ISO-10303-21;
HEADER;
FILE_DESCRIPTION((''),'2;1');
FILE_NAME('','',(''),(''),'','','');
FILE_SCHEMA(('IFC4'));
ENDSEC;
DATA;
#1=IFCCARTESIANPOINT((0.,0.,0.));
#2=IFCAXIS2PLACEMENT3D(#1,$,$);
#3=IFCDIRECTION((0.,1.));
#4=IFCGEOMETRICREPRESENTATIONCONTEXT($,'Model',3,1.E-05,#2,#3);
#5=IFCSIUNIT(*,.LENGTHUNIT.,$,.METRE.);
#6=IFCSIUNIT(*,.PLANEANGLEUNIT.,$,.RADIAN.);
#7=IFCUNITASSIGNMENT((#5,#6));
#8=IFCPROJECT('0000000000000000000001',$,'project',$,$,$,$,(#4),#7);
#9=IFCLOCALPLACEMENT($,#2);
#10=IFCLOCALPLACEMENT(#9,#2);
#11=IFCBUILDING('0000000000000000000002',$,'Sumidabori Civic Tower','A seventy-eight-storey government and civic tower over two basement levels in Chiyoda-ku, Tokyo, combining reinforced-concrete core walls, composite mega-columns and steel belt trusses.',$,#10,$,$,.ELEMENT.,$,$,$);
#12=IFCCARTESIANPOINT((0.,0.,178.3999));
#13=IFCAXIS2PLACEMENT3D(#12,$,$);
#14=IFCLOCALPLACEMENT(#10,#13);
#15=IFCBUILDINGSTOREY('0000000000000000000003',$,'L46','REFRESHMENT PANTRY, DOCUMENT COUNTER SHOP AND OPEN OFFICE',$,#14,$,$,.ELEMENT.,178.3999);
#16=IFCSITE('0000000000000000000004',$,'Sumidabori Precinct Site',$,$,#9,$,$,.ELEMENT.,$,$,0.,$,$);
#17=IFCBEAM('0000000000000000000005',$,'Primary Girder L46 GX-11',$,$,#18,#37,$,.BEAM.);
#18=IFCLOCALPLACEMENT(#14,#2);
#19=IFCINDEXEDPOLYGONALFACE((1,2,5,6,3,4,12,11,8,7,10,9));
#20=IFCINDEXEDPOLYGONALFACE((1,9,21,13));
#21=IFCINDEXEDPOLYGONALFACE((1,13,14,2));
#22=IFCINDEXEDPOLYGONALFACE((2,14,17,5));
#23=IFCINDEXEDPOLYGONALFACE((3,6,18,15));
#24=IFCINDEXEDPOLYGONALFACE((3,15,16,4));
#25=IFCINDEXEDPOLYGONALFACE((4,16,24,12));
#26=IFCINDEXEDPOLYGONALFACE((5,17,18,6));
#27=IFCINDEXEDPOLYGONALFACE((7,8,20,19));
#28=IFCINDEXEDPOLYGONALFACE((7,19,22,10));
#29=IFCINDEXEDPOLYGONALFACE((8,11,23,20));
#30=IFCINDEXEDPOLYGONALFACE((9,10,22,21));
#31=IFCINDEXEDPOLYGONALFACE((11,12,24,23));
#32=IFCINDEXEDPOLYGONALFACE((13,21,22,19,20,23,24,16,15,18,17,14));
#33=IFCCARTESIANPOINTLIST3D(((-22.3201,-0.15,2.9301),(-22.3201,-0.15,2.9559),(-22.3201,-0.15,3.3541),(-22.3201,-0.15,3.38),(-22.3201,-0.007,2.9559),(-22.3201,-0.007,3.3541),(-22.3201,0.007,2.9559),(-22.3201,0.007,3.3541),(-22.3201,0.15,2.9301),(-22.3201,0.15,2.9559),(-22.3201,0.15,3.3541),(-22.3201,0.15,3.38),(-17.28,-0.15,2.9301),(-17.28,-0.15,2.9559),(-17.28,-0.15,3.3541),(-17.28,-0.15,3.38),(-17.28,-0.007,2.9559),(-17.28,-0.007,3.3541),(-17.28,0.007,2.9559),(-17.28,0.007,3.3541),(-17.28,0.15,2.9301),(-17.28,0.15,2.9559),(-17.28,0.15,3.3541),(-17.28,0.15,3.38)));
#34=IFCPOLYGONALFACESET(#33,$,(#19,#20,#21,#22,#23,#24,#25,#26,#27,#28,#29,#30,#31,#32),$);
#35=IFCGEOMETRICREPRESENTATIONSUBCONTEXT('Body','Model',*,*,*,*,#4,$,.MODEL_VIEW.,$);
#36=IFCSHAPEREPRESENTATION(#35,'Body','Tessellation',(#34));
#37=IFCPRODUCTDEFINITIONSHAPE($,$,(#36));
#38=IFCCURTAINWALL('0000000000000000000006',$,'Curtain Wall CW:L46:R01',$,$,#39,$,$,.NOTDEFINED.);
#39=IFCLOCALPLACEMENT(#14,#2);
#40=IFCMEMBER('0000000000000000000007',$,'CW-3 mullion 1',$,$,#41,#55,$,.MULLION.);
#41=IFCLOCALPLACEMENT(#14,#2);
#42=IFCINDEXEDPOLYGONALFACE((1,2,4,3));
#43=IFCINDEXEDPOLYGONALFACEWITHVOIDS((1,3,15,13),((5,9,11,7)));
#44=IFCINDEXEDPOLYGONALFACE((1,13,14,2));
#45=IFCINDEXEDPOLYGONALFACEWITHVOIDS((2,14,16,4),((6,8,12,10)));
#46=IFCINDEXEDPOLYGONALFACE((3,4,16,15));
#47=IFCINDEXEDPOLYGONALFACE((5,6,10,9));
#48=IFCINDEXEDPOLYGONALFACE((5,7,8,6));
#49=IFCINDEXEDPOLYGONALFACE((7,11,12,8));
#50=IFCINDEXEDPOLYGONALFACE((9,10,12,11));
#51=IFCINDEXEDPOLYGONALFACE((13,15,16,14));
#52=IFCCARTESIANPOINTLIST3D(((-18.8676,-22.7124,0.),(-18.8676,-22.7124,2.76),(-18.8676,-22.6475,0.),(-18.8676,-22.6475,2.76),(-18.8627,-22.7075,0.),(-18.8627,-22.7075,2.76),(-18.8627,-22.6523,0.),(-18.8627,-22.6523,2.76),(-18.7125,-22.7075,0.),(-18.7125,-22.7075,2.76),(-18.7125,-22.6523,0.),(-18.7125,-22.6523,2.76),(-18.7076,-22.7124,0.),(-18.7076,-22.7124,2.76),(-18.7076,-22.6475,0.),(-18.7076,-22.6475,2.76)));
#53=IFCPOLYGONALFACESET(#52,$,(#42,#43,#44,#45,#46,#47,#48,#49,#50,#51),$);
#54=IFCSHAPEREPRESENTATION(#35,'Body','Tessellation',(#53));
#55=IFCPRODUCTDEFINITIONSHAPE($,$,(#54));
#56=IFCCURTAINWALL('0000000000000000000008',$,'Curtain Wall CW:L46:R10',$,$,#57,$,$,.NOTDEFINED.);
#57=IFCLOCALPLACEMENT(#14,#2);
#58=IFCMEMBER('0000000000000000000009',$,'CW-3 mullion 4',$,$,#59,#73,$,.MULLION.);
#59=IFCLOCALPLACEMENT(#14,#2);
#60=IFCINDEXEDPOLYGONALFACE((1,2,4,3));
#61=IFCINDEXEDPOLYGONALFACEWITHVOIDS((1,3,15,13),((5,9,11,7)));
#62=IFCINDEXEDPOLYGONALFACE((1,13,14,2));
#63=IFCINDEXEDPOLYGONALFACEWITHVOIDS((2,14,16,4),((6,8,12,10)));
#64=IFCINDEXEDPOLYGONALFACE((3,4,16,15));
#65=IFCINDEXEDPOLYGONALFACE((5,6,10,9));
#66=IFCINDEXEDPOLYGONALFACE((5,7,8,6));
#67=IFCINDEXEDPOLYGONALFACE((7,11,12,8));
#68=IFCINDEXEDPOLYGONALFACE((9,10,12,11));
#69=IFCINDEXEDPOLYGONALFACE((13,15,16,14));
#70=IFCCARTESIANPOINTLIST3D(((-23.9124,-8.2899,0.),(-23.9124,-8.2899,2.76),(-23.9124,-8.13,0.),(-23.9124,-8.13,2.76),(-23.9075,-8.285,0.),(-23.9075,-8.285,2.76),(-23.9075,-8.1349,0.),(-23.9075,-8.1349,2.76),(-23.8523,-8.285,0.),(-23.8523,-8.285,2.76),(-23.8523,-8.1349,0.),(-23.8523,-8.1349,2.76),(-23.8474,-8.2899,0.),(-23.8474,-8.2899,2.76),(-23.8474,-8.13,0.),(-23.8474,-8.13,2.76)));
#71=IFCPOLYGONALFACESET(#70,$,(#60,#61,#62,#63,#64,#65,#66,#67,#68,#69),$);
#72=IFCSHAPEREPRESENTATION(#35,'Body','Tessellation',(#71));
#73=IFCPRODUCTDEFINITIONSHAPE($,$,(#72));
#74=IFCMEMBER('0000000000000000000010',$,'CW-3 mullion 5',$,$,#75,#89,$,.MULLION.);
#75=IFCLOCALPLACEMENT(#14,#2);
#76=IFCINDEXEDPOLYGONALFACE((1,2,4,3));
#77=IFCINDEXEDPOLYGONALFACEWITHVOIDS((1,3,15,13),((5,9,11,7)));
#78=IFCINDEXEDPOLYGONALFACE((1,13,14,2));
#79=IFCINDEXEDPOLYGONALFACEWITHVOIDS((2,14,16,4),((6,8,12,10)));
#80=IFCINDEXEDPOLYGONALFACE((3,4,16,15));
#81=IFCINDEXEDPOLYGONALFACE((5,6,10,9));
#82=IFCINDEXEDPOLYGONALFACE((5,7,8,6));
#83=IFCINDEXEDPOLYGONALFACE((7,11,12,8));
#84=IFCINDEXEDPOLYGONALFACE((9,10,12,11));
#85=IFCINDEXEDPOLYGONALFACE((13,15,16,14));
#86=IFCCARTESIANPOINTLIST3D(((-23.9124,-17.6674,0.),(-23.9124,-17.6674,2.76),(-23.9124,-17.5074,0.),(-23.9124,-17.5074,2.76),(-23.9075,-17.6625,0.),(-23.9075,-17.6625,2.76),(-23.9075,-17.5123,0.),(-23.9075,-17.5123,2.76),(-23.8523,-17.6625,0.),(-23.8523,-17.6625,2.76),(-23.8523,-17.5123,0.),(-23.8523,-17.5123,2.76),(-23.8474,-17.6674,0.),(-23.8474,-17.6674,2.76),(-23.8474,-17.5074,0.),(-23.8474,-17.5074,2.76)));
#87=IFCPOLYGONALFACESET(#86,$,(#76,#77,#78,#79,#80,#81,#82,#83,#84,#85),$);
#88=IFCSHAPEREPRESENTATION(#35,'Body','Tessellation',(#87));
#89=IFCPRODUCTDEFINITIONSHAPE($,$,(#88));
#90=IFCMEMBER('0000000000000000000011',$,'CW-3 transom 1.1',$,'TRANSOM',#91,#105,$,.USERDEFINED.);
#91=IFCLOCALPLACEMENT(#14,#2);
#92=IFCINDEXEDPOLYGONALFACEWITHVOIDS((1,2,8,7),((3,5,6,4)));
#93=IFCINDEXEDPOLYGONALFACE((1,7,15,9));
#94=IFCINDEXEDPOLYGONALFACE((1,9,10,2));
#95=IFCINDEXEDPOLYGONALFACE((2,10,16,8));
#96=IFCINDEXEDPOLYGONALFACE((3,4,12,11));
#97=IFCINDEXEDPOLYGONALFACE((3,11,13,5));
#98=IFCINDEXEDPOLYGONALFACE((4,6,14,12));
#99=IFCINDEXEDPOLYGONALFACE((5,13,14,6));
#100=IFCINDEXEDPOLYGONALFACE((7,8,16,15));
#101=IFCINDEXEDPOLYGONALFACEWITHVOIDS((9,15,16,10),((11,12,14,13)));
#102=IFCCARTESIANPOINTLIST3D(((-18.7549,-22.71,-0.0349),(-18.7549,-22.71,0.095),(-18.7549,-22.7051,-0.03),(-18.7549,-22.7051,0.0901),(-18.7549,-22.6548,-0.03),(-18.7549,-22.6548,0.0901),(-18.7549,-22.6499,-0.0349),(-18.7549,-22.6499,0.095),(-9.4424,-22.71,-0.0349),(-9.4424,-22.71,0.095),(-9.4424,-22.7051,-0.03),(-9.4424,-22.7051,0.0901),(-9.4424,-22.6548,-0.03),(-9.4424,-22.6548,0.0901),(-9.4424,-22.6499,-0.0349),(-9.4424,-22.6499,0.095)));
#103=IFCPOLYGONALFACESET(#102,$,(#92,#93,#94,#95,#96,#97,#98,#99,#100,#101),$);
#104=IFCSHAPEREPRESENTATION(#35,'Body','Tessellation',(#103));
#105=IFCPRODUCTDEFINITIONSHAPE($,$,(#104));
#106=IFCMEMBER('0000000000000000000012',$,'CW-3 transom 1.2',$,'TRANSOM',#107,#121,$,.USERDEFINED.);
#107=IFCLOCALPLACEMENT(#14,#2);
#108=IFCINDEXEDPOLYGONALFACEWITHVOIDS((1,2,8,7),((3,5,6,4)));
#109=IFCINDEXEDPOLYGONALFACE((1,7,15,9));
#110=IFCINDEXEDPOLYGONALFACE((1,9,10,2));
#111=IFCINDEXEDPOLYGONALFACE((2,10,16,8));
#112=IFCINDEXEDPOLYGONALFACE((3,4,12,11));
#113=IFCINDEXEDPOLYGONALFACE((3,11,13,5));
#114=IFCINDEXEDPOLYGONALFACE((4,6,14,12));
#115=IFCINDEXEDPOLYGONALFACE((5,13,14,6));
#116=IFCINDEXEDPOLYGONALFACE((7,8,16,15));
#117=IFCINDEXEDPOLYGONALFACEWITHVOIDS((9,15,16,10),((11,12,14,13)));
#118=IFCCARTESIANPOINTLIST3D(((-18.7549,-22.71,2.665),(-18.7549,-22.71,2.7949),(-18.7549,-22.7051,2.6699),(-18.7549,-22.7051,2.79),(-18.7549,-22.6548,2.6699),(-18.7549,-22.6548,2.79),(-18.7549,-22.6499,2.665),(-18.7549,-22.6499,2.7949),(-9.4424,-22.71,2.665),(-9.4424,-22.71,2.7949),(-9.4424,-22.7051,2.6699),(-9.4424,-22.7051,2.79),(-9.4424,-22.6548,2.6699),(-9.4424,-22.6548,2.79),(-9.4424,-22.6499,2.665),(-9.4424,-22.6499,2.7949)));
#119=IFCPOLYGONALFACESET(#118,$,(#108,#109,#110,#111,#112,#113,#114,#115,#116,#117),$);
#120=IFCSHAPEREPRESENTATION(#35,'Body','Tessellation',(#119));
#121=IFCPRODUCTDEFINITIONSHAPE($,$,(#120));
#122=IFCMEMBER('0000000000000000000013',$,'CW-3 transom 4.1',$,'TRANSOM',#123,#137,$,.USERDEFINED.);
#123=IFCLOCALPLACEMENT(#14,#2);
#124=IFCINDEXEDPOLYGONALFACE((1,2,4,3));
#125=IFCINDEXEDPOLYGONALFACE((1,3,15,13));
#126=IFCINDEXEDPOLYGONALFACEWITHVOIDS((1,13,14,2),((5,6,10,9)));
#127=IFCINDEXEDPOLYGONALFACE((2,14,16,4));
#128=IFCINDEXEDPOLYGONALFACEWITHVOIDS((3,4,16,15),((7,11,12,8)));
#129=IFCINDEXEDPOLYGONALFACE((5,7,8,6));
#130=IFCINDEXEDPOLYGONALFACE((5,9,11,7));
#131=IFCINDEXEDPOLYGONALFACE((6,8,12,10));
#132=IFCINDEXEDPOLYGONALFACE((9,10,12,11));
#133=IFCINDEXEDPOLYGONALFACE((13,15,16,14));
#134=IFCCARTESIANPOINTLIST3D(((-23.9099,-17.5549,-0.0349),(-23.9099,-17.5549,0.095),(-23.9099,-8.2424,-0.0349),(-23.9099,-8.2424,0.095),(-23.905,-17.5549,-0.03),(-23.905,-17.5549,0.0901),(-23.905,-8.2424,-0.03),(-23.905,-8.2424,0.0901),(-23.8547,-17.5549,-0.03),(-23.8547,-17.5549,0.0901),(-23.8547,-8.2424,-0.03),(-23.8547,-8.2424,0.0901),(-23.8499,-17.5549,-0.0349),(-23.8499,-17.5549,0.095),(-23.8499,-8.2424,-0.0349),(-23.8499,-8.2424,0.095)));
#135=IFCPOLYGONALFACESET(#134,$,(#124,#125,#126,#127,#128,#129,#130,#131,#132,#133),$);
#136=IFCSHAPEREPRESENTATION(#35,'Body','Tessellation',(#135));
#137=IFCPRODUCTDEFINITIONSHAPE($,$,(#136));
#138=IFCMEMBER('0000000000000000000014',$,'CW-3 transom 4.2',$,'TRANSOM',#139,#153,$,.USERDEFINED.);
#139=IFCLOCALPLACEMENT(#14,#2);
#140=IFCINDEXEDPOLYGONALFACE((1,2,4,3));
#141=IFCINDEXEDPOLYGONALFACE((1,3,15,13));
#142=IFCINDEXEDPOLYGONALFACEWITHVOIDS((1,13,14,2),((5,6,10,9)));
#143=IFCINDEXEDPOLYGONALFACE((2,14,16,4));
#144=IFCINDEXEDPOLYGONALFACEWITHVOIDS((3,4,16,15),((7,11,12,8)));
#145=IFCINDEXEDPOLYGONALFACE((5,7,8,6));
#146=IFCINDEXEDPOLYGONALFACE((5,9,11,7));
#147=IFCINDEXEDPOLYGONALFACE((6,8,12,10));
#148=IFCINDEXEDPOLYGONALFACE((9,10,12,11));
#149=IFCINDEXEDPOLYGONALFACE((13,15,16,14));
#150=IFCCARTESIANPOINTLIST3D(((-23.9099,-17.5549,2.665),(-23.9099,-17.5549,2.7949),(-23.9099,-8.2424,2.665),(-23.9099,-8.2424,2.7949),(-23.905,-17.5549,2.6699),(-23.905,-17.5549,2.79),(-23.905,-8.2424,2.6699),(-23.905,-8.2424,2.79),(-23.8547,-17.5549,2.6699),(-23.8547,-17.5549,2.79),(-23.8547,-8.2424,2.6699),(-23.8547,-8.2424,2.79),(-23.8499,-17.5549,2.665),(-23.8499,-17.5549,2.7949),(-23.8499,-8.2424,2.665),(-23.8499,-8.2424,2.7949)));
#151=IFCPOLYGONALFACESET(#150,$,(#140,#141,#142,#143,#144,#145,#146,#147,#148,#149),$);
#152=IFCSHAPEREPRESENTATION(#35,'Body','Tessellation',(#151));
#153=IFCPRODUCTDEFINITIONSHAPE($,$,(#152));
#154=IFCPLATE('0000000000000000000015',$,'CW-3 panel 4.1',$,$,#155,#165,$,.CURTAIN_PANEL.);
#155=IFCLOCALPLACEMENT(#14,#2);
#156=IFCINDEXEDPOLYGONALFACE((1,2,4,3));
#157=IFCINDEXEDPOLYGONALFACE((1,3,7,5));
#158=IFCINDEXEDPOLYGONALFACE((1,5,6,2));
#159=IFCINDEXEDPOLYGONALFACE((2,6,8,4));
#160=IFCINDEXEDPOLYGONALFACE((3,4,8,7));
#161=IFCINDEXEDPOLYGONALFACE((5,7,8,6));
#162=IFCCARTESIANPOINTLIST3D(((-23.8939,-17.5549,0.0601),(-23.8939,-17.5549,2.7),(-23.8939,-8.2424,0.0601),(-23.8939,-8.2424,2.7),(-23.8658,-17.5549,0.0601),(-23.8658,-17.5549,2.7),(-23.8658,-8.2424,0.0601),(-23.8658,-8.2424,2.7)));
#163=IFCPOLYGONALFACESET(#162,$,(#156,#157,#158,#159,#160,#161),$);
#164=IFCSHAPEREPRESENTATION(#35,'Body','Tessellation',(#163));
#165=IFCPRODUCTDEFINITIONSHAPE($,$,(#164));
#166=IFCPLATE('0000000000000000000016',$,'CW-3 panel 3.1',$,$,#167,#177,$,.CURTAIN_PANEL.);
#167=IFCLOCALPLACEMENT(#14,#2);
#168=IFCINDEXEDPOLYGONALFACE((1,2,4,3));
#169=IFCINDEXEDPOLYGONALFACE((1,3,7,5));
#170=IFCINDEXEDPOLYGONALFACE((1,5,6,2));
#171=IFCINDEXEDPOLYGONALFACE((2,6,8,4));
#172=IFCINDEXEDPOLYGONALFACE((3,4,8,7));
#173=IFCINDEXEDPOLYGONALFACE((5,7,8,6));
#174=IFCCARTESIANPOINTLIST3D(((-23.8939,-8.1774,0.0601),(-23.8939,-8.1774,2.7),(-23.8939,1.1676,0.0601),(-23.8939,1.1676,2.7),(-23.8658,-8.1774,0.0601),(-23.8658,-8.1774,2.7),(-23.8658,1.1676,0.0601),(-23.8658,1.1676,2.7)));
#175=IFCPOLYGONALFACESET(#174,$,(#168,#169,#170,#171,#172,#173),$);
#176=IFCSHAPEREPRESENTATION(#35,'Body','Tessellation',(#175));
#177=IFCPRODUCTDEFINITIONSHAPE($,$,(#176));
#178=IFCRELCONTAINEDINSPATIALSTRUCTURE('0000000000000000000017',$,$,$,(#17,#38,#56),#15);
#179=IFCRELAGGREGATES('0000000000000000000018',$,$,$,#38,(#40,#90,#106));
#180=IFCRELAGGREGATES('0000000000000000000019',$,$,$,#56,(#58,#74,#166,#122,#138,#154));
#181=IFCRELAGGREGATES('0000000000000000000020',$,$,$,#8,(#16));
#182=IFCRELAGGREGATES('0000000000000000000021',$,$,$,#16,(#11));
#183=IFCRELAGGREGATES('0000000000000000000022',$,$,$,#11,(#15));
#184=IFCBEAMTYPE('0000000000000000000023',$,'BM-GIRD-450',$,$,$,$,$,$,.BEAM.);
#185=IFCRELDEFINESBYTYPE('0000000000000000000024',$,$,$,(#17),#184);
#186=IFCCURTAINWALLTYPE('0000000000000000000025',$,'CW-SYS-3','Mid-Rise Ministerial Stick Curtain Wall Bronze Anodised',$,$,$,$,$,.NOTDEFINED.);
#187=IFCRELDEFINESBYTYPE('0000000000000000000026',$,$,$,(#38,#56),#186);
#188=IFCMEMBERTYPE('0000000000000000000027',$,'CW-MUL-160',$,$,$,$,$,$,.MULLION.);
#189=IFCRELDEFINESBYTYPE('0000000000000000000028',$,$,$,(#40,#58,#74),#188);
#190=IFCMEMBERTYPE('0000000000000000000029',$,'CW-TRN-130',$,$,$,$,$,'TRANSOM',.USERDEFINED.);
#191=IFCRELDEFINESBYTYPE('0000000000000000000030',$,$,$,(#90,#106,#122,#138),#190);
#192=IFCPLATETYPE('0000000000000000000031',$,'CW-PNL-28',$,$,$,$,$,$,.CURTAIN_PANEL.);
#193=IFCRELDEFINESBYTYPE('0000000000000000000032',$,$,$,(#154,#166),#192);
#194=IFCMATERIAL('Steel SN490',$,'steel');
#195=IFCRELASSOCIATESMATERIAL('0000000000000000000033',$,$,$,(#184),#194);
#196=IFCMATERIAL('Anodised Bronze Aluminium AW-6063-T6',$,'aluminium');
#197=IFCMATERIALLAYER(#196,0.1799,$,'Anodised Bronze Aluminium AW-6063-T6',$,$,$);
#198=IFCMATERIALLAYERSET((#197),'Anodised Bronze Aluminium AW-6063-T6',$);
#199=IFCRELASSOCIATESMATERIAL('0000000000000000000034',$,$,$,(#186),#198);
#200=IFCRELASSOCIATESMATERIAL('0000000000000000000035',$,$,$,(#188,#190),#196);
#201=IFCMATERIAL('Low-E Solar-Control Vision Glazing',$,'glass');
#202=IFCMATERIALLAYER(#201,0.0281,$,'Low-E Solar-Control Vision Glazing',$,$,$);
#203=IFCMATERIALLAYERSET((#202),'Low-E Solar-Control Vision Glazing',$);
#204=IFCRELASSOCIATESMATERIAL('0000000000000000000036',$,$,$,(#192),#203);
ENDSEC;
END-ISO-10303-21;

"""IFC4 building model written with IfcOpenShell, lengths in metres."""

from ifc_helpers import new_model, si_unit, direction, frame, origin, origin_2d, place, context, subcontext, project, spatial, rectangle, hollow_rectangle, i_section, extrude, source, transform, mapped, material, layer, layer_set, material_profile, profile_set, type_object, element, aggregate, save


model = new_model("IFC4")

# Units and contexts
model_context = context("Model", 3, precision=1e-05, world=origin(), true_north=direction((0.0, 1.0)))
body_context = subcontext(model_context, "Body", "Model", "MODEL_VIEW")
ifc_project = project(units=[si_unit("LENGTHUNIT", "METRE"), si_unit("PLANEANGLEUNIT", "RADIAN")], contexts=[model_context])

# Site, building, storey
site_placement = place(None, origin())
site = spatial("IfcSite", under=ifc_project, at=site_placement, Name="Sumidabori Precinct Site", CompositionType="ELEMENT", RefElevation=0.0)
building_placement = place(site_placement, origin())
building = spatial("IfcBuilding", under=site, at=building_placement, Name="Sumidabori Civic Tower", Description="A seventy-eight-storey government and civic tower over two basement levels in Chiyoda-ku, Tokyo, combining reinforced-concrete core walls, composite mega-columns and steel belt trusses.", CompositionType="ELEMENT")
storey_placement = place(building_placement, frame((0.0, 0.0, 178.3999)))
storey = spatial("IfcBuildingStorey", under=building, at=storey_placement, Name="L46", Description="REFRESHMENT PANTRY, DOCUMENT COUNTER SHOP AND OPEN OFFICE", CompositionType="ELEMENT", Elevation=178.3999)

# Beam
ifc_material_1 = material(Name="Steel SN490", Category="steel")
ifc_material_profile_1 = material_profile(ifc_material_1, i_section(OverallWidth=0.3, OverallDepth=0.45, WebThickness=0.0139, FlangeThickness=0.0259, at=origin_2d()), Name="HE 450 B")
ifc_profile_set_1 = profile_set([ifc_material_profile_1], Name="Steel SN490")
beam_type_1 = type_object("IfcBeamType", Name="BM-GIRD-450", PredefinedType="BEAM", material=ifc_profile_set_1)
shared_shape_1 = source(origin(), body_context, "Body", "SweptSolid", [
    extrude(i_section(OverallWidth=0.3, OverallDepth=0.45, WebThickness=0.0139, FlangeThickness=0.0259, at=origin_2d()), origin(), (0.0, 0.0, 1.0), 5.04),
])
for number, where, z_axis, x_axis, name in (
    (1, (-22.3201, 0.0, 3.155), (1.0, 0.0, 0.0), (0.0, 1.0, 0.0), "Primary Girder L46 GX-11"),
):
    element("IfcBeam", number, at=place(storey_placement, frame(where, z_axis=z_axis, x_axis=x_axis)), inside=storey, type_object=beam_type_1, Name=name, PredefinedType="BEAM", context=body_context, shape_type="MappedRepresentation", body=[
        mapped(shared_shape_1, transform((0.0, 0.0, 0.0), x_axis=(1.0, 0.0, 0.0), y_axis=(0.0, 1.0, 0.0), z_axis=(0.0, 0.0, 1.0), scale=1.0)),
    ])

# Curtain wall, member
ifc_material_2 = material(Name="Anodised Bronze Aluminium AW-6063-T6", Category="aluminium")
ifc_layer_1 = layer(ifc_material_2, 0.1799, Name="Anodised Bronze Aluminium AW-6063-T6")
ifc_layer_set_1 = layer_set([ifc_layer_1], Name="Anodised Bronze Aluminium AW-6063-T6")
curtain_wall_type = type_object("IfcCurtainWallType", Name="CW-SYS-3", Description="Mid-Rise Ministerial Stick Curtain Wall Bronze Anodised", PredefinedType="NOTDEFINED", material=ifc_layer_set_1)
curtain_wall_1_placement = place(storey_placement, origin())
curtain_wall_1 = element("IfcCurtainWall", 2, at=curtain_wall_1_placement, inside=storey, type_object=curtain_wall_type, Name="Curtain Wall CW:L46:R01", PredefinedType="NOTDEFINED")
ifc_material_profile_2 = material_profile(ifc_material_2, hollow_rectangle(XDim=0.0649, YDim=0.1599, WallThickness=0.0049, at=origin_2d()), Name="ALU MULLION 160x65")
ifc_profile_set_2 = profile_set([ifc_material_profile_2], Name="Anodised Bronze Aluminium AW-6063-T6")
member_type_1 = type_object("IfcMemberType", Name="CW-MUL-160", PredefinedType="MULLION", material=ifc_profile_set_2)
shared_shape_2 = source(origin(), body_context, "Body", "SweptSolid", [
    extrude(hollow_rectangle(XDim=0.0649, YDim=0.1599, WallThickness=0.0049, at=origin_2d()), origin(), (0.0, 0.0, 1.0), 2.76),
])
member_1_placement = place(storey_placement, frame((-18.7876, -22.6799, 0.0), z_axis=(0.0, 0.0, 1.0), x_axis=(0.0, 1.0, 0.0)))
member_1 = element("IfcMember", 3, at=member_1_placement, type_object=member_type_1, Name="CW-3 mullion 1", PredefinedType="MULLION", context=body_context, shape_type="MappedRepresentation", body=[
    mapped(shared_shape_2, transform((0.0, 0.0, 0.0), x_axis=(1.0, 0.0, 0.0), y_axis=(0.0, 1.0, 0.0), z_axis=(0.0, 0.0, 1.0), scale=1.0)),
])

# Curtain wall, members
curtain_wall_2_placement = place(storey_placement, origin())
curtain_wall_2 = element("IfcCurtainWall", 4, at=curtain_wall_2_placement, inside=storey, type_object=curtain_wall_type, Name="Curtain Wall CW:L46:R10", PredefinedType="NOTDEFINED")
member_2_placement = place(storey_placement, frame((-23.8799, -8.21, 0.0), z_axis=(0.0, 0.0, 1.0), x_axis=(1.0, 0.0, 0.0)))
member_2 = element("IfcMember", 5, at=member_2_placement, type_object=member_type_1, Name="CW-3 mullion 4", PredefinedType="MULLION", context=body_context, shape_type="MappedRepresentation", body=[
    mapped(shared_shape_2, transform((0.0, 0.0, 0.0), x_axis=(1.0, 0.0, 0.0), y_axis=(0.0, 1.0, 0.0), z_axis=(0.0, 0.0, 1.0), scale=1.0)),
])
member_3_placement = place(storey_placement, frame((-23.8799, -17.5874, 0.0), z_axis=(0.0, 0.0, 1.0), x_axis=(1.0, 0.0, 0.0)))
member_3 = element("IfcMember", 6, at=member_3_placement, type_object=member_type_1, Name="CW-3 mullion 5", PredefinedType="MULLION", context=body_context, shape_type="MappedRepresentation", body=[
    mapped(shared_shape_2, transform((0.0, 0.0, 0.0), x_axis=(1.0, 0.0, 0.0), y_axis=(0.0, 1.0, 0.0), z_axis=(0.0, 0.0, 1.0), scale=1.0)),
])

# Members
ifc_material_profile_3 = material_profile(ifc_material_2, hollow_rectangle(XDim=0.0601, YDim=0.1299, WallThickness=0.0049, at=origin_2d()), Name="ALU TRANSOM 130x60")
ifc_profile_set_3 = profile_set([ifc_material_profile_3], Name="Anodised Bronze Aluminium AW-6063-T6")
member_type_2 = type_object("IfcMemberType", Name="CW-TRN-130", ElementType="TRANSOM", PredefinedType="USERDEFINED", material=ifc_profile_set_3)
shared_shape_3 = source(origin(), body_context, "Body", "SweptSolid", [
    extrude(hollow_rectangle(XDim=0.0601, YDim=0.1299, WallThickness=0.0049, at=origin_2d()), origin(), (0.0, 0.0, 1.0), 9.3125),
])
member_4_placement = place(storey_placement, frame((-18.7549, -22.6799, 0.03), z_axis=(1.0, 0.0, 0.0), x_axis=(0.0, 1.0, 0.0)))
member_4 = element("IfcMember", 7, at=member_4_placement, type_object=member_type_2, Name="CW-3 transom 1.1", ObjectType="TRANSOM", PredefinedType="USERDEFINED", context=body_context, shape_type="MappedRepresentation", body=[
    mapped(shared_shape_3, transform((0.0, 0.0, 0.0), x_axis=(1.0, 0.0, 0.0), y_axis=(0.0, 1.0, 0.0), z_axis=(0.0, 0.0, 1.0), scale=1.0)),
])
member_5_placement = place(storey_placement, frame((-18.7549, -22.6799, 2.73), z_axis=(1.0, 0.0, 0.0), x_axis=(0.0, 1.0, 0.0)))
member_5 = element("IfcMember", 8, at=member_5_placement, type_object=member_type_2, Name="CW-3 transom 1.2", ObjectType="TRANSOM", PredefinedType="USERDEFINED", context=body_context, shape_type="MappedRepresentation", body=[
    mapped(shared_shape_3, transform((0.0, 0.0, 0.0), x_axis=(1.0, 0.0, 0.0), y_axis=(0.0, 1.0, 0.0), z_axis=(0.0, 0.0, 1.0), scale=1.0)),
])
aggregate(curtain_wall_1, [member_1, member_4, member_5])
member_6_placement = place(storey_placement, frame((-23.8799, -8.2424, 0.03), z_axis=(0.0, -1.0, 0.0), x_axis=(1.0, 0.0, 0.0)))
member_6 = element("IfcMember", 9, at=member_6_placement, type_object=member_type_2, Name="CW-3 transom 4.1", ObjectType="TRANSOM", PredefinedType="USERDEFINED", context=body_context, shape_type="MappedRepresentation", body=[
    mapped(shared_shape_3, transform((0.0, 0.0, 0.0), x_axis=(1.0, 0.0, 0.0), y_axis=(0.0, 1.0, 0.0), z_axis=(0.0, 0.0, 1.0), scale=1.0)),
])
member_7_placement = place(storey_placement, frame((-23.8799, -8.2424, 2.73), z_axis=(0.0, -1.0, 0.0), x_axis=(1.0, 0.0, 0.0)))
member_7 = element("IfcMember", 10, at=member_7_placement, type_object=member_type_2, Name="CW-3 transom 4.2", ObjectType="TRANSOM", PredefinedType="USERDEFINED", context=body_context, shape_type="MappedRepresentation", body=[
    mapped(shared_shape_3, transform((0.0, 0.0, 0.0), x_axis=(1.0, 0.0, 0.0), y_axis=(0.0, 1.0, 0.0), z_axis=(0.0, 0.0, 1.0), scale=1.0)),
])

# Plates
ifc_material_3 = material(Name="Low-E Solar-Control Vision Glazing", Category="glass")
ifc_layer_2 = layer(ifc_material_3, 0.0281, Name="Low-E Solar-Control Vision Glazing")
ifc_layer_set_2 = layer_set([ifc_layer_2], Name="Low-E Solar-Control Vision Glazing")
plate_type = type_object("IfcPlateType", Name="CW-PNL-28", PredefinedType="CURTAIN_PANEL", material=ifc_layer_set_2)
shared_shape_4 = source(origin(), body_context, "Body", "SweptSolid", [
    extrude(rectangle(XDim=9.3125, YDim=0.0281, at=origin_2d()), origin(), (0.0, 0.0, 1.0), 2.6399),
])
plate_1_placement = place(storey_placement, frame((-23.8799, -12.8987, 0.0601), z_axis=(0.0, 0.0, 1.0), x_axis=(0.0, -1.0, 0.0)))
plate_1 = element("IfcPlate", 11, at=plate_1_placement, type_object=plate_type, Name="CW-3 panel 4.1", PredefinedType="CURTAIN_PANEL", context=body_context, shape_type="MappedRepresentation", body=[
    mapped(shared_shape_4, transform((0.0, 0.0, 0.0), x_axis=(1.0, 0.0, 0.0), y_axis=(0.0, 1.0, 0.0), z_axis=(0.0, 0.0, 1.0), scale=1.0)),
])
shared_shape_5 = source(origin(), body_context, "Body", "SweptSolid", [
    extrude(rectangle(XDim=9.345, YDim=0.0281, at=origin_2d()), origin(), (0.0, 0.0, 1.0), 2.6399),
])
plate_2_placement = place(storey_placement, frame((-23.8799, -3.5049, 0.0601), z_axis=(0.0, 0.0, 1.0), x_axis=(0.0, -1.0, 0.0)))
plate_2 = element("IfcPlate", 12, at=plate_2_placement, type_object=plate_type, Name="CW-3 panel 3.1", PredefinedType="CURTAIN_PANEL", context=body_context, shape_type="MappedRepresentation", body=[
    mapped(shared_shape_5, transform((0.0, 0.0, 0.0), x_axis=(1.0, 0.0, 0.0), y_axis=(0.0, 1.0, 0.0), z_axis=(0.0, 0.0, 1.0), scale=1.0)),
])
aggregate(curtain_wall_2, [member_2, member_3, plate_2, member_6, member_7, plate_1])

save(model, "model.ifc")
